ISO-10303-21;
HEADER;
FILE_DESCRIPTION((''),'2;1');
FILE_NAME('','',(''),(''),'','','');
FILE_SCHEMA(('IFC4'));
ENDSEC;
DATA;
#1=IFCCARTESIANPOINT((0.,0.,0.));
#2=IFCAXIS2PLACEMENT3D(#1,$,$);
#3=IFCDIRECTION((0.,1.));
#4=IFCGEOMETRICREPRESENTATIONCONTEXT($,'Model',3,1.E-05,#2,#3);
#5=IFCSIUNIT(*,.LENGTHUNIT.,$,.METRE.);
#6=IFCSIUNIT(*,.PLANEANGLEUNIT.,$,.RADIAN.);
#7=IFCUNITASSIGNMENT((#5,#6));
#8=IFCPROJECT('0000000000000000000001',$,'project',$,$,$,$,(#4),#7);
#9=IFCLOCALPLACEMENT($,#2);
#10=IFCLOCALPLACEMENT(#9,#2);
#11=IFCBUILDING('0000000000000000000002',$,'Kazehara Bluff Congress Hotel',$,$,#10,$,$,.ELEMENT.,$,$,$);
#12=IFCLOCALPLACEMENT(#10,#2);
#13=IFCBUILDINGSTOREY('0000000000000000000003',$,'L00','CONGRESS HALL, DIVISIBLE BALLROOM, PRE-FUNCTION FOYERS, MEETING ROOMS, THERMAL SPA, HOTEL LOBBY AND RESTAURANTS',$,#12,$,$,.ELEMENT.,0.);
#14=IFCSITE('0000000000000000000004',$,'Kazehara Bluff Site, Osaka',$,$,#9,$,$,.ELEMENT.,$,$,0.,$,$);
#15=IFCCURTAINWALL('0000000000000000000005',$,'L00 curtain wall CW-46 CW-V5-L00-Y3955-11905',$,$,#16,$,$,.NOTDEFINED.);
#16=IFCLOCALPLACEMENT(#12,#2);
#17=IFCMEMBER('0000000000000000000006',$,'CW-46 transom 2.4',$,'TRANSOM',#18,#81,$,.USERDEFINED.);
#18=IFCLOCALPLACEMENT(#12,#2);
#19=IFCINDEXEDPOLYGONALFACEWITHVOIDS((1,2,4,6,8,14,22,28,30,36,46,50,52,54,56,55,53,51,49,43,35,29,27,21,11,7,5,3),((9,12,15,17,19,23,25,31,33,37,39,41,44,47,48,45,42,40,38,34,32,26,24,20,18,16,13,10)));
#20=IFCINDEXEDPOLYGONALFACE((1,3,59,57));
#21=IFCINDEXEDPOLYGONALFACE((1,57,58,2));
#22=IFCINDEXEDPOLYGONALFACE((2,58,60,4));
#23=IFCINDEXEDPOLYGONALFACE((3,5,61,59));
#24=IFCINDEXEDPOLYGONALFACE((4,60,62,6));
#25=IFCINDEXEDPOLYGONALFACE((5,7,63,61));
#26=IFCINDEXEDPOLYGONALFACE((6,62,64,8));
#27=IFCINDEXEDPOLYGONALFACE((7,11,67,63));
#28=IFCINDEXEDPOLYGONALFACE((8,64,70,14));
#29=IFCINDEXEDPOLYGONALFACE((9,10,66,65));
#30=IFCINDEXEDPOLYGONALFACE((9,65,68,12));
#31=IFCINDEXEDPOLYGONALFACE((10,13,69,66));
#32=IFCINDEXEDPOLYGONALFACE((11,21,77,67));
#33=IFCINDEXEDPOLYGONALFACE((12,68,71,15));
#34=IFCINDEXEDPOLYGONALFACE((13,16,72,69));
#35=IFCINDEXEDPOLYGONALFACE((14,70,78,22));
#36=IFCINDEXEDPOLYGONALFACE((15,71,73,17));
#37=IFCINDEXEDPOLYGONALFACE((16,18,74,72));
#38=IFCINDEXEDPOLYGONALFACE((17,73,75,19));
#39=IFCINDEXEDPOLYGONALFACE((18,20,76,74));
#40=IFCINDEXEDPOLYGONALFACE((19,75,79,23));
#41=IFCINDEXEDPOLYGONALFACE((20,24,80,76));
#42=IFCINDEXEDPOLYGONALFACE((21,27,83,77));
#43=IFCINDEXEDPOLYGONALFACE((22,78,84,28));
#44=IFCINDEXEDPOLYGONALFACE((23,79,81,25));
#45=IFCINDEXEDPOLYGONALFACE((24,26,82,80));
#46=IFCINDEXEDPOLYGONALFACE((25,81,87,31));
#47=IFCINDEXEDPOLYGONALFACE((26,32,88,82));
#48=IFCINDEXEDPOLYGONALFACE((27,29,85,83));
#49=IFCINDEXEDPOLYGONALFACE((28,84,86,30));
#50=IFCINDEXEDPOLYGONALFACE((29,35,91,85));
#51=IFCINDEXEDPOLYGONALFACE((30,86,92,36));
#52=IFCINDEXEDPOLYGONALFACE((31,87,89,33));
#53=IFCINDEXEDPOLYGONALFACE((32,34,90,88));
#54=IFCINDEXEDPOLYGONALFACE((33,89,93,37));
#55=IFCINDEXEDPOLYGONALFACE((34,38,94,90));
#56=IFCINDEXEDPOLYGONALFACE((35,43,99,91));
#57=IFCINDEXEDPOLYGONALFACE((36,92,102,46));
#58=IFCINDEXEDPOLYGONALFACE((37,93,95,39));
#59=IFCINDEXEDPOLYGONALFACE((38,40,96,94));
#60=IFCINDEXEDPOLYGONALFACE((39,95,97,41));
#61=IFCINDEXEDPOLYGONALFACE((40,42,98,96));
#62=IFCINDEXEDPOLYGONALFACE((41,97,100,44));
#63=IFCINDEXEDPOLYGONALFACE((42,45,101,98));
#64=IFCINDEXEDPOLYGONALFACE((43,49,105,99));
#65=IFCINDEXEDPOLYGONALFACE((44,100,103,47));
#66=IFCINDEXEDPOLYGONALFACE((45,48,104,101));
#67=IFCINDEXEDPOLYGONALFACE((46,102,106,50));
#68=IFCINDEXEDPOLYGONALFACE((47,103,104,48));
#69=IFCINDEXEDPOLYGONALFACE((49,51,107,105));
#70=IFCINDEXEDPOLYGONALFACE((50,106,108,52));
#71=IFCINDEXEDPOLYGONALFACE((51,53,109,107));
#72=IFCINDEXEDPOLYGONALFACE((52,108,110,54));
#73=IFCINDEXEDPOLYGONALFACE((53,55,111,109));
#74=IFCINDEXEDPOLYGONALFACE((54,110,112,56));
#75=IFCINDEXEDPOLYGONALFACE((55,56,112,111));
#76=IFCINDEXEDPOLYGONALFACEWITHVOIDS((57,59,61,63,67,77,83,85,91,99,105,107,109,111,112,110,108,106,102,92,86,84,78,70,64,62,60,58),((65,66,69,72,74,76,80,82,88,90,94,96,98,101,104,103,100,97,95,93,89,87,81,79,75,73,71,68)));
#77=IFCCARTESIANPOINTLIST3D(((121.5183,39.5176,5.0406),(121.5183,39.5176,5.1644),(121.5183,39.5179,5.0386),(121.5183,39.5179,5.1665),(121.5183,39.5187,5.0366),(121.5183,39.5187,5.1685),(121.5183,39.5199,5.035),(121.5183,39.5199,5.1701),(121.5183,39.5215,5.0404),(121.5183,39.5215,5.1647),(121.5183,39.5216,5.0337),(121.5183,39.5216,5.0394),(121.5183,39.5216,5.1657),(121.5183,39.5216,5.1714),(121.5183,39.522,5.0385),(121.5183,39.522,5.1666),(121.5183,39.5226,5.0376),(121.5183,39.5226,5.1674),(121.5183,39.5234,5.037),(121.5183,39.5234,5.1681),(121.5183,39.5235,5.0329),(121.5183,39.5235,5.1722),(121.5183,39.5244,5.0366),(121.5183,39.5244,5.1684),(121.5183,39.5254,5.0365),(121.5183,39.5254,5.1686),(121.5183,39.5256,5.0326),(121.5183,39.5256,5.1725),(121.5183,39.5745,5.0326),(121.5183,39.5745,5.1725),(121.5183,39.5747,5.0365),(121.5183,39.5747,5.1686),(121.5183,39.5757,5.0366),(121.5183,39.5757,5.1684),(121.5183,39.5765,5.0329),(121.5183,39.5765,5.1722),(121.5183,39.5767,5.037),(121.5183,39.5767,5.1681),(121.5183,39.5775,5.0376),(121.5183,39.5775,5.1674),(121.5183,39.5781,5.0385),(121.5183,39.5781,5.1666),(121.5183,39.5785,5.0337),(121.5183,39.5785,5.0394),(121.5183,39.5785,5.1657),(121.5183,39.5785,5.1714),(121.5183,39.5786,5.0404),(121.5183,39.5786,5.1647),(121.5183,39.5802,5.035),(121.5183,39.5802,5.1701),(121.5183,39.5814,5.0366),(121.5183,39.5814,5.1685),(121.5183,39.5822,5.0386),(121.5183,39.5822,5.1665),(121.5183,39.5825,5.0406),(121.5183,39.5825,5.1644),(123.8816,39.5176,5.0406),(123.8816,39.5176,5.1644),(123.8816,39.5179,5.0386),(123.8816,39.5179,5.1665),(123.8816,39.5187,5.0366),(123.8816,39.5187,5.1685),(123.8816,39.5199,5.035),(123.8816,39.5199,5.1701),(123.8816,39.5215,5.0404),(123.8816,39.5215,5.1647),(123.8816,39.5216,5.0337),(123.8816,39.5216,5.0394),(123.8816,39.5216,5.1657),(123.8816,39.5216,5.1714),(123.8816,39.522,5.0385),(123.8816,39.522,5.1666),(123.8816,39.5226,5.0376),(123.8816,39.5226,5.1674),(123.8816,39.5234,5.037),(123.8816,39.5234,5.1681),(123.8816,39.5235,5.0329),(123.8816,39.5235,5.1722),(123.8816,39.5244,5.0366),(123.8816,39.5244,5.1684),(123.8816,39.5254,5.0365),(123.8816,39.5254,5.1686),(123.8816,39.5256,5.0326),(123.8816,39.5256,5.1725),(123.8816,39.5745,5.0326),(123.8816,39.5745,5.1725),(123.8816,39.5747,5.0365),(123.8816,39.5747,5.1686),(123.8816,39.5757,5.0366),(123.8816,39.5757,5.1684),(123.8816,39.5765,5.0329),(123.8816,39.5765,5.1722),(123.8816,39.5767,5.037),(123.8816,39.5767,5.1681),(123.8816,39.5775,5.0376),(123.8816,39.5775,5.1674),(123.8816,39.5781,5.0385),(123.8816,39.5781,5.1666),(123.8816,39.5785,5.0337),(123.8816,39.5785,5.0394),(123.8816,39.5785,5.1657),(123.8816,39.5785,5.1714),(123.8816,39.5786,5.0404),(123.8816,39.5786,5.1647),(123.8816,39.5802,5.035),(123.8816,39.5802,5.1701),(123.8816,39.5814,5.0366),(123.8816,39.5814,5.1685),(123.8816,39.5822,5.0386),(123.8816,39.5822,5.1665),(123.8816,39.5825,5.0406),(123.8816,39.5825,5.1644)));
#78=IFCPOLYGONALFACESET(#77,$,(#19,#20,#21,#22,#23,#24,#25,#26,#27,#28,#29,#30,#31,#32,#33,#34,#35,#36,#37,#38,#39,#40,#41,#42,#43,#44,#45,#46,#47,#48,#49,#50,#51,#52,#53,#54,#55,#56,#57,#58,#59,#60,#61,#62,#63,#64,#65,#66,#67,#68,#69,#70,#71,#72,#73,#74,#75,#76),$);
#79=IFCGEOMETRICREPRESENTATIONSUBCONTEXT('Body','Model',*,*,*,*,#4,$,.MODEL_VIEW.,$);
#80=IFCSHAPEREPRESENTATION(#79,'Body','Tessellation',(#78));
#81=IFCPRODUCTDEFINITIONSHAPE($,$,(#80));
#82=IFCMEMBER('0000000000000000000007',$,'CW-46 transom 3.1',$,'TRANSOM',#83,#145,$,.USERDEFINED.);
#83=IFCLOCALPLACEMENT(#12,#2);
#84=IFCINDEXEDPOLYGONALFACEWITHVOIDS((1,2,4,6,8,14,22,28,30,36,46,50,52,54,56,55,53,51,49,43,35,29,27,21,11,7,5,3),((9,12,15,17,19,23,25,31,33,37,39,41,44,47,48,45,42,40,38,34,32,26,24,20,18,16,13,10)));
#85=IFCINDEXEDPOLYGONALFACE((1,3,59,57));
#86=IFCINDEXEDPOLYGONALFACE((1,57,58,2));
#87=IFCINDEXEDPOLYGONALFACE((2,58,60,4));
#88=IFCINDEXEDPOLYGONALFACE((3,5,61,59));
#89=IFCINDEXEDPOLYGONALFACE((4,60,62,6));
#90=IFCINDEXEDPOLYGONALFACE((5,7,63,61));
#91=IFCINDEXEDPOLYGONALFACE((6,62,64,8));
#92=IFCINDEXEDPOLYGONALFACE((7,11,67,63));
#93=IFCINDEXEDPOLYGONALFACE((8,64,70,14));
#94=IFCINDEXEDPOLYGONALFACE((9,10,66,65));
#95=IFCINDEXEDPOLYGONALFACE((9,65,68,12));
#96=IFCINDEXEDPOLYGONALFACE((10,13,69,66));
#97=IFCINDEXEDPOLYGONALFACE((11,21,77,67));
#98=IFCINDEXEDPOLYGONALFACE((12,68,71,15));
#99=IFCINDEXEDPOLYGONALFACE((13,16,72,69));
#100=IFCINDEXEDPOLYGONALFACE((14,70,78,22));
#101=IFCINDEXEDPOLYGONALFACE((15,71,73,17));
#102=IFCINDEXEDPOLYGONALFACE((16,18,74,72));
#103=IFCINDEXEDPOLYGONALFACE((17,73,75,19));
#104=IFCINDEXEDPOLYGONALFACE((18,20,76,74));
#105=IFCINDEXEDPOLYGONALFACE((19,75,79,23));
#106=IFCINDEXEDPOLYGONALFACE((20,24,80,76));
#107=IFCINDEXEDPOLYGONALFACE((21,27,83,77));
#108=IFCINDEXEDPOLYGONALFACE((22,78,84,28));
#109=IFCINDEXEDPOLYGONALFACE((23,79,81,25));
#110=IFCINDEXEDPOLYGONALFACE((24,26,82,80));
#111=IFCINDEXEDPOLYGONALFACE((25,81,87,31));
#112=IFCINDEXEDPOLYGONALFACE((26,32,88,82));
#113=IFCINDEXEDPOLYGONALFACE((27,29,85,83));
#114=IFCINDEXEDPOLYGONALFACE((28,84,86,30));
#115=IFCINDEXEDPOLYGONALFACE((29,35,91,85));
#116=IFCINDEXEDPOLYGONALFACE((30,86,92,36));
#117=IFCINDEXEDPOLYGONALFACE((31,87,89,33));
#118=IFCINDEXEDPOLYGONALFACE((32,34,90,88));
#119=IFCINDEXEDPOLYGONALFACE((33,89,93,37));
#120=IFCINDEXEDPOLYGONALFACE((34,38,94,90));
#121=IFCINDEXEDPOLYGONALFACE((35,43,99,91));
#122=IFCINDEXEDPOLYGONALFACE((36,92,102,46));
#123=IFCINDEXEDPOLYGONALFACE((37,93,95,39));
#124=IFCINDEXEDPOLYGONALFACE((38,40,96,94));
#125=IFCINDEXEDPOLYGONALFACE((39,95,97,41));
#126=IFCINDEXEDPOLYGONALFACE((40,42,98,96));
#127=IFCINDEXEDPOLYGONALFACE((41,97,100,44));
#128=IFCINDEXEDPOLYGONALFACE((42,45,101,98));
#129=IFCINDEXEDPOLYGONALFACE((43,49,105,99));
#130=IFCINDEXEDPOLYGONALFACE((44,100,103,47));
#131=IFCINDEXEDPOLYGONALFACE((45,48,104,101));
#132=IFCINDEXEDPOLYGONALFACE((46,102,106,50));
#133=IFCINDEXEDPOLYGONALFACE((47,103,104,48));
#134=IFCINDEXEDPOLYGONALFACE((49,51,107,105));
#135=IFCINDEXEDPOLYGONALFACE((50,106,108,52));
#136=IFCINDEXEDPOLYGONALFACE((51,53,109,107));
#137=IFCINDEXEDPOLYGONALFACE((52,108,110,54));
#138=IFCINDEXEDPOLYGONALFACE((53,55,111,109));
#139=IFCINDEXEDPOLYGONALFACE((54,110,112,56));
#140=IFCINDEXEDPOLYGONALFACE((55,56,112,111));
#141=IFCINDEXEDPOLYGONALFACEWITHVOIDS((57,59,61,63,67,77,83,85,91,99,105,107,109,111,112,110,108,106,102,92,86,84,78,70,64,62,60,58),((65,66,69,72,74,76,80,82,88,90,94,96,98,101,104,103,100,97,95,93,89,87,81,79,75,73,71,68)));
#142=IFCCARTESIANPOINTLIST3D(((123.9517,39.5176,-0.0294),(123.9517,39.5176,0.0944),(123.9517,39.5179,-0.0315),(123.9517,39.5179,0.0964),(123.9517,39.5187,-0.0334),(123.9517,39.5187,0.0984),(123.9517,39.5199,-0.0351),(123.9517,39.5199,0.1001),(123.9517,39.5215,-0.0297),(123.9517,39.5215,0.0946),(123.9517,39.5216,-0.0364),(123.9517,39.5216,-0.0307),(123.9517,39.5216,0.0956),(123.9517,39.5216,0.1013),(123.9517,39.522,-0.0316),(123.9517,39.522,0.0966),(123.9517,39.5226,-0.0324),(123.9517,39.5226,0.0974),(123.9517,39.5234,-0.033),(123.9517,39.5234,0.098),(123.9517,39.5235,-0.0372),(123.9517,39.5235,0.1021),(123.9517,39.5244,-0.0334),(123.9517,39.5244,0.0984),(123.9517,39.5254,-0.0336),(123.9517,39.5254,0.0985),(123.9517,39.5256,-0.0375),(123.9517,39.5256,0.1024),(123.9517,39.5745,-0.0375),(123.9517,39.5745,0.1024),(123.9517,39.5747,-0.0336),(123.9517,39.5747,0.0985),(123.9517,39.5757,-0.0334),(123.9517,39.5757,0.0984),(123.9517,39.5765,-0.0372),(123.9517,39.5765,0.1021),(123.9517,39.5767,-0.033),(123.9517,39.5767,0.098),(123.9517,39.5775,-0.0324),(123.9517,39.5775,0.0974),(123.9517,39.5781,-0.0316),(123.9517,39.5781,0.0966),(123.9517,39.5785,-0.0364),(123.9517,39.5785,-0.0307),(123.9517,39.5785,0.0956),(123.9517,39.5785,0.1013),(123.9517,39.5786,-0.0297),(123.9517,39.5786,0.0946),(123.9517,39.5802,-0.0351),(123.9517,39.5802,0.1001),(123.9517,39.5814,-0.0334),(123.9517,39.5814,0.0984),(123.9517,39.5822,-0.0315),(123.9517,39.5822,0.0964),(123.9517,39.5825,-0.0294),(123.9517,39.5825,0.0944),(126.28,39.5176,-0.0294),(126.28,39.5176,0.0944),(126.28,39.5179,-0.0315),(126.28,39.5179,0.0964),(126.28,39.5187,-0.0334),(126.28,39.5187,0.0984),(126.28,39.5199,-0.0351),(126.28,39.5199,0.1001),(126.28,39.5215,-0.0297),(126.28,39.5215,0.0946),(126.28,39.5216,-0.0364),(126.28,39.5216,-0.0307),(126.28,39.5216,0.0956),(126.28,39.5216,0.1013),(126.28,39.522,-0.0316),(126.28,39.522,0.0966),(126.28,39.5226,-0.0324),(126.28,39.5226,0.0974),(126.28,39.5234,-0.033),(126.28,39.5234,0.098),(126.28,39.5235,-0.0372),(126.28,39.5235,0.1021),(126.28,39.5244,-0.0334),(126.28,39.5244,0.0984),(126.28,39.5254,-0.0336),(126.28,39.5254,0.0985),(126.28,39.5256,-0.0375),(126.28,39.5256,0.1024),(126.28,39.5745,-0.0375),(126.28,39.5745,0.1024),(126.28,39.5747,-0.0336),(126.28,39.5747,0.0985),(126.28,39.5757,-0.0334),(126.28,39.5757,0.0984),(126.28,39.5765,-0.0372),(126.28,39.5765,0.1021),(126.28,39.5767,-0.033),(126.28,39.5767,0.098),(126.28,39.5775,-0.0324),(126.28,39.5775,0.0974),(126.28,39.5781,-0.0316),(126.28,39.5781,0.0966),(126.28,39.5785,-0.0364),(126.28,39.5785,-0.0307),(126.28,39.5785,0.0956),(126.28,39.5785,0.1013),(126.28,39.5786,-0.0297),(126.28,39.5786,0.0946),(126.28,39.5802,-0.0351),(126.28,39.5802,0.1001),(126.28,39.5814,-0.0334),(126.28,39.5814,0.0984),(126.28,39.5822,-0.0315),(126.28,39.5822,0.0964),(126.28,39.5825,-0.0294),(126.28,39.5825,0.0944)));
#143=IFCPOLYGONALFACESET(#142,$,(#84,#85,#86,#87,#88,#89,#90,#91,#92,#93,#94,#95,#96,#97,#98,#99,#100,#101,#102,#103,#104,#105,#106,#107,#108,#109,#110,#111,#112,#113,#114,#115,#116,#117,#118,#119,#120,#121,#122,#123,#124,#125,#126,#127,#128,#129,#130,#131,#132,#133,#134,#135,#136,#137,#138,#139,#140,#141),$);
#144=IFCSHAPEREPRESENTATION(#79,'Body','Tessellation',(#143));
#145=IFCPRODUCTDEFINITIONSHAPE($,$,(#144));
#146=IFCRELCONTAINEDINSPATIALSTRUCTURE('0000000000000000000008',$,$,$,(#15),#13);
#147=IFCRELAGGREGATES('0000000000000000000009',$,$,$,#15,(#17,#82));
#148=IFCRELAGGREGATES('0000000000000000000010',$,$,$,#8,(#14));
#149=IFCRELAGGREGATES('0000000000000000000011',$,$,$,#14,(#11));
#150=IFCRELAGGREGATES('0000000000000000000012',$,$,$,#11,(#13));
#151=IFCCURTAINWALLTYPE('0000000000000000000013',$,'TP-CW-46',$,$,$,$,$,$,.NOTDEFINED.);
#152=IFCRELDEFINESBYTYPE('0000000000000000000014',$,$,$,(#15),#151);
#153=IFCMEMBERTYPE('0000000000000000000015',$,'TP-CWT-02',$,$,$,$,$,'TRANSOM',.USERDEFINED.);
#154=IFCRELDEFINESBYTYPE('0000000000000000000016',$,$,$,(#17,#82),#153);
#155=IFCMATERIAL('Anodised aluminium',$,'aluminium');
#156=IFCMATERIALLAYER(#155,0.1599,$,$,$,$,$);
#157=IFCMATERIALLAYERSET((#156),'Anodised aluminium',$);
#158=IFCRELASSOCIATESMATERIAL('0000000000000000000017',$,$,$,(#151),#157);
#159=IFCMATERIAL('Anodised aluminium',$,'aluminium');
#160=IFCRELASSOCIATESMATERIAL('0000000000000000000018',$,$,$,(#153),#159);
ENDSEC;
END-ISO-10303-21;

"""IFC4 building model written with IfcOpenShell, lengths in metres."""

from ifc_helpers import new_model, si_unit, direction, frame, origin, origin_2d, place, context, subcontext, project, spatial, hollow_rectangle, extrude, material, layer, layer_set, material_profile, profile_set, type_object, element, aggregate, save


model = new_model("IFC4")

# Units and contexts
model_context = context("Model", 3, precision=1e-05, world=origin(), true_north=direction((0.0, 1.0)))
body_context = subcontext(model_context, "Body", "Model", "MODEL_VIEW")
ifc_project = project(units=[si_unit("LENGTHUNIT", "METRE"), si_unit("PLANEANGLEUNIT", "RADIAN")], contexts=[model_context])

# Site, building, storey
site_placement = place(None, origin())
site = spatial("IfcSite", under=ifc_project, at=site_placement, Name="Kazehara Bluff Site, Osaka", CompositionType="ELEMENT", RefElevation=0.0)
building_placement = place(site_placement, origin())
building = spatial("IfcBuilding", under=site, at=building_placement, Name="Kazehara Bluff Congress Hotel", CompositionType="ELEMENT")
storey_placement = place(building_placement, origin())
storey = spatial("IfcBuildingStorey", under=building, at=storey_placement, Name="L00", Description="CONGRESS HALL, DIVISIBLE BALLROOM, PRE-FUNCTION FOYERS, MEETING ROOMS, THERMAL SPA, HOTEL LOBBY AND RESTAURANTS", CompositionType="ELEMENT", Elevation=0.0)

# Curtain wall, members
ifc_material_1 = material(Name="Anodised aluminium", Category="aluminium")
ifc_layer_1 = layer(ifc_material_1, 0.1599)
ifc_layer_set_1 = layer_set([ifc_layer_1], Name="Anodised aluminium")
curtain_wall_type = type_object("IfcCurtainWallType", Name="TP-CW-46", PredefinedType="NOTDEFINED", material=ifc_layer_set_1)
curtain_wall_placement = place(storey_placement, origin())
curtain_wall = element("IfcCurtainWall", 1, at=curtain_wall_placement, inside=storey, type_object=curtain_wall_type, Name="L00 curtain wall CW-46 CW-V5-L00-Y3955-11905", PredefinedType="NOTDEFINED")
ifc_material_2 = material(Name="Anodised aluminium", Category="aluminium")
ifc_material_profile_1 = material_profile(ifc_material_2, hollow_rectangle(XDim=0.0649, YDim=0.1399, WallThickness=0.0039, InnerFilletRadius=0.0039, OuterFilletRadius=0.0081, at=origin_2d()))
ifc_profile_set_1 = profile_set([ifc_material_profile_1], Name="Anodised aluminium")
member_type_1 = type_object("IfcMemberType", Name="TP-CWT-02", ElementType="TRANSOM", PredefinedType="USERDEFINED", material=ifc_profile_set_1)
member_1_placement = place(storey_placement, frame((121.5183, 39.55, 5.1025), z_axis=(1.0, 0.0, 0.0), x_axis=(0.0, 1.0, 0.0)))
member_1 = element("IfcMember", 2, at=member_1_placement, type_object=member_type_1, Name="CW-46 transom 2.4", ObjectType="TRANSOM", PredefinedType="USERDEFINED", context=body_context, shape_type="SweptSolid", body=[
    extrude(hollow_rectangle(XDim=0.0649, YDim=0.1399, WallThickness=0.0039, InnerFilletRadius=0.0039, OuterFilletRadius=0.0081, at=origin_2d()), origin(), (0.0, 0.0, 1.0), 2.3633),
])
member_2_placement = place(storey_placement, frame((123.9517, 39.55, 0.0325), z_axis=(1.0, 0.0, 0.0), x_axis=(0.0, 1.0, 0.0)))
member_2 = element("IfcMember", 3, at=member_2_placement, type_object=member_type_1, Name="CW-46 transom 3.1", ObjectType="TRANSOM", PredefinedType="USERDEFINED", context=body_context, shape_type="SweptSolid", body=[
    extrude(hollow_rectangle(XDim=0.0649, YDim=0.1399, WallThickness=0.0039, InnerFilletRadius=0.0039, OuterFilletRadius=0.0081, at=origin_2d()), origin(), (0.0, 0.0, 1.0), 2.3284),
])

aggregate(curtain_wall, [member_1, member_2])

save(model, "model.ifc")
